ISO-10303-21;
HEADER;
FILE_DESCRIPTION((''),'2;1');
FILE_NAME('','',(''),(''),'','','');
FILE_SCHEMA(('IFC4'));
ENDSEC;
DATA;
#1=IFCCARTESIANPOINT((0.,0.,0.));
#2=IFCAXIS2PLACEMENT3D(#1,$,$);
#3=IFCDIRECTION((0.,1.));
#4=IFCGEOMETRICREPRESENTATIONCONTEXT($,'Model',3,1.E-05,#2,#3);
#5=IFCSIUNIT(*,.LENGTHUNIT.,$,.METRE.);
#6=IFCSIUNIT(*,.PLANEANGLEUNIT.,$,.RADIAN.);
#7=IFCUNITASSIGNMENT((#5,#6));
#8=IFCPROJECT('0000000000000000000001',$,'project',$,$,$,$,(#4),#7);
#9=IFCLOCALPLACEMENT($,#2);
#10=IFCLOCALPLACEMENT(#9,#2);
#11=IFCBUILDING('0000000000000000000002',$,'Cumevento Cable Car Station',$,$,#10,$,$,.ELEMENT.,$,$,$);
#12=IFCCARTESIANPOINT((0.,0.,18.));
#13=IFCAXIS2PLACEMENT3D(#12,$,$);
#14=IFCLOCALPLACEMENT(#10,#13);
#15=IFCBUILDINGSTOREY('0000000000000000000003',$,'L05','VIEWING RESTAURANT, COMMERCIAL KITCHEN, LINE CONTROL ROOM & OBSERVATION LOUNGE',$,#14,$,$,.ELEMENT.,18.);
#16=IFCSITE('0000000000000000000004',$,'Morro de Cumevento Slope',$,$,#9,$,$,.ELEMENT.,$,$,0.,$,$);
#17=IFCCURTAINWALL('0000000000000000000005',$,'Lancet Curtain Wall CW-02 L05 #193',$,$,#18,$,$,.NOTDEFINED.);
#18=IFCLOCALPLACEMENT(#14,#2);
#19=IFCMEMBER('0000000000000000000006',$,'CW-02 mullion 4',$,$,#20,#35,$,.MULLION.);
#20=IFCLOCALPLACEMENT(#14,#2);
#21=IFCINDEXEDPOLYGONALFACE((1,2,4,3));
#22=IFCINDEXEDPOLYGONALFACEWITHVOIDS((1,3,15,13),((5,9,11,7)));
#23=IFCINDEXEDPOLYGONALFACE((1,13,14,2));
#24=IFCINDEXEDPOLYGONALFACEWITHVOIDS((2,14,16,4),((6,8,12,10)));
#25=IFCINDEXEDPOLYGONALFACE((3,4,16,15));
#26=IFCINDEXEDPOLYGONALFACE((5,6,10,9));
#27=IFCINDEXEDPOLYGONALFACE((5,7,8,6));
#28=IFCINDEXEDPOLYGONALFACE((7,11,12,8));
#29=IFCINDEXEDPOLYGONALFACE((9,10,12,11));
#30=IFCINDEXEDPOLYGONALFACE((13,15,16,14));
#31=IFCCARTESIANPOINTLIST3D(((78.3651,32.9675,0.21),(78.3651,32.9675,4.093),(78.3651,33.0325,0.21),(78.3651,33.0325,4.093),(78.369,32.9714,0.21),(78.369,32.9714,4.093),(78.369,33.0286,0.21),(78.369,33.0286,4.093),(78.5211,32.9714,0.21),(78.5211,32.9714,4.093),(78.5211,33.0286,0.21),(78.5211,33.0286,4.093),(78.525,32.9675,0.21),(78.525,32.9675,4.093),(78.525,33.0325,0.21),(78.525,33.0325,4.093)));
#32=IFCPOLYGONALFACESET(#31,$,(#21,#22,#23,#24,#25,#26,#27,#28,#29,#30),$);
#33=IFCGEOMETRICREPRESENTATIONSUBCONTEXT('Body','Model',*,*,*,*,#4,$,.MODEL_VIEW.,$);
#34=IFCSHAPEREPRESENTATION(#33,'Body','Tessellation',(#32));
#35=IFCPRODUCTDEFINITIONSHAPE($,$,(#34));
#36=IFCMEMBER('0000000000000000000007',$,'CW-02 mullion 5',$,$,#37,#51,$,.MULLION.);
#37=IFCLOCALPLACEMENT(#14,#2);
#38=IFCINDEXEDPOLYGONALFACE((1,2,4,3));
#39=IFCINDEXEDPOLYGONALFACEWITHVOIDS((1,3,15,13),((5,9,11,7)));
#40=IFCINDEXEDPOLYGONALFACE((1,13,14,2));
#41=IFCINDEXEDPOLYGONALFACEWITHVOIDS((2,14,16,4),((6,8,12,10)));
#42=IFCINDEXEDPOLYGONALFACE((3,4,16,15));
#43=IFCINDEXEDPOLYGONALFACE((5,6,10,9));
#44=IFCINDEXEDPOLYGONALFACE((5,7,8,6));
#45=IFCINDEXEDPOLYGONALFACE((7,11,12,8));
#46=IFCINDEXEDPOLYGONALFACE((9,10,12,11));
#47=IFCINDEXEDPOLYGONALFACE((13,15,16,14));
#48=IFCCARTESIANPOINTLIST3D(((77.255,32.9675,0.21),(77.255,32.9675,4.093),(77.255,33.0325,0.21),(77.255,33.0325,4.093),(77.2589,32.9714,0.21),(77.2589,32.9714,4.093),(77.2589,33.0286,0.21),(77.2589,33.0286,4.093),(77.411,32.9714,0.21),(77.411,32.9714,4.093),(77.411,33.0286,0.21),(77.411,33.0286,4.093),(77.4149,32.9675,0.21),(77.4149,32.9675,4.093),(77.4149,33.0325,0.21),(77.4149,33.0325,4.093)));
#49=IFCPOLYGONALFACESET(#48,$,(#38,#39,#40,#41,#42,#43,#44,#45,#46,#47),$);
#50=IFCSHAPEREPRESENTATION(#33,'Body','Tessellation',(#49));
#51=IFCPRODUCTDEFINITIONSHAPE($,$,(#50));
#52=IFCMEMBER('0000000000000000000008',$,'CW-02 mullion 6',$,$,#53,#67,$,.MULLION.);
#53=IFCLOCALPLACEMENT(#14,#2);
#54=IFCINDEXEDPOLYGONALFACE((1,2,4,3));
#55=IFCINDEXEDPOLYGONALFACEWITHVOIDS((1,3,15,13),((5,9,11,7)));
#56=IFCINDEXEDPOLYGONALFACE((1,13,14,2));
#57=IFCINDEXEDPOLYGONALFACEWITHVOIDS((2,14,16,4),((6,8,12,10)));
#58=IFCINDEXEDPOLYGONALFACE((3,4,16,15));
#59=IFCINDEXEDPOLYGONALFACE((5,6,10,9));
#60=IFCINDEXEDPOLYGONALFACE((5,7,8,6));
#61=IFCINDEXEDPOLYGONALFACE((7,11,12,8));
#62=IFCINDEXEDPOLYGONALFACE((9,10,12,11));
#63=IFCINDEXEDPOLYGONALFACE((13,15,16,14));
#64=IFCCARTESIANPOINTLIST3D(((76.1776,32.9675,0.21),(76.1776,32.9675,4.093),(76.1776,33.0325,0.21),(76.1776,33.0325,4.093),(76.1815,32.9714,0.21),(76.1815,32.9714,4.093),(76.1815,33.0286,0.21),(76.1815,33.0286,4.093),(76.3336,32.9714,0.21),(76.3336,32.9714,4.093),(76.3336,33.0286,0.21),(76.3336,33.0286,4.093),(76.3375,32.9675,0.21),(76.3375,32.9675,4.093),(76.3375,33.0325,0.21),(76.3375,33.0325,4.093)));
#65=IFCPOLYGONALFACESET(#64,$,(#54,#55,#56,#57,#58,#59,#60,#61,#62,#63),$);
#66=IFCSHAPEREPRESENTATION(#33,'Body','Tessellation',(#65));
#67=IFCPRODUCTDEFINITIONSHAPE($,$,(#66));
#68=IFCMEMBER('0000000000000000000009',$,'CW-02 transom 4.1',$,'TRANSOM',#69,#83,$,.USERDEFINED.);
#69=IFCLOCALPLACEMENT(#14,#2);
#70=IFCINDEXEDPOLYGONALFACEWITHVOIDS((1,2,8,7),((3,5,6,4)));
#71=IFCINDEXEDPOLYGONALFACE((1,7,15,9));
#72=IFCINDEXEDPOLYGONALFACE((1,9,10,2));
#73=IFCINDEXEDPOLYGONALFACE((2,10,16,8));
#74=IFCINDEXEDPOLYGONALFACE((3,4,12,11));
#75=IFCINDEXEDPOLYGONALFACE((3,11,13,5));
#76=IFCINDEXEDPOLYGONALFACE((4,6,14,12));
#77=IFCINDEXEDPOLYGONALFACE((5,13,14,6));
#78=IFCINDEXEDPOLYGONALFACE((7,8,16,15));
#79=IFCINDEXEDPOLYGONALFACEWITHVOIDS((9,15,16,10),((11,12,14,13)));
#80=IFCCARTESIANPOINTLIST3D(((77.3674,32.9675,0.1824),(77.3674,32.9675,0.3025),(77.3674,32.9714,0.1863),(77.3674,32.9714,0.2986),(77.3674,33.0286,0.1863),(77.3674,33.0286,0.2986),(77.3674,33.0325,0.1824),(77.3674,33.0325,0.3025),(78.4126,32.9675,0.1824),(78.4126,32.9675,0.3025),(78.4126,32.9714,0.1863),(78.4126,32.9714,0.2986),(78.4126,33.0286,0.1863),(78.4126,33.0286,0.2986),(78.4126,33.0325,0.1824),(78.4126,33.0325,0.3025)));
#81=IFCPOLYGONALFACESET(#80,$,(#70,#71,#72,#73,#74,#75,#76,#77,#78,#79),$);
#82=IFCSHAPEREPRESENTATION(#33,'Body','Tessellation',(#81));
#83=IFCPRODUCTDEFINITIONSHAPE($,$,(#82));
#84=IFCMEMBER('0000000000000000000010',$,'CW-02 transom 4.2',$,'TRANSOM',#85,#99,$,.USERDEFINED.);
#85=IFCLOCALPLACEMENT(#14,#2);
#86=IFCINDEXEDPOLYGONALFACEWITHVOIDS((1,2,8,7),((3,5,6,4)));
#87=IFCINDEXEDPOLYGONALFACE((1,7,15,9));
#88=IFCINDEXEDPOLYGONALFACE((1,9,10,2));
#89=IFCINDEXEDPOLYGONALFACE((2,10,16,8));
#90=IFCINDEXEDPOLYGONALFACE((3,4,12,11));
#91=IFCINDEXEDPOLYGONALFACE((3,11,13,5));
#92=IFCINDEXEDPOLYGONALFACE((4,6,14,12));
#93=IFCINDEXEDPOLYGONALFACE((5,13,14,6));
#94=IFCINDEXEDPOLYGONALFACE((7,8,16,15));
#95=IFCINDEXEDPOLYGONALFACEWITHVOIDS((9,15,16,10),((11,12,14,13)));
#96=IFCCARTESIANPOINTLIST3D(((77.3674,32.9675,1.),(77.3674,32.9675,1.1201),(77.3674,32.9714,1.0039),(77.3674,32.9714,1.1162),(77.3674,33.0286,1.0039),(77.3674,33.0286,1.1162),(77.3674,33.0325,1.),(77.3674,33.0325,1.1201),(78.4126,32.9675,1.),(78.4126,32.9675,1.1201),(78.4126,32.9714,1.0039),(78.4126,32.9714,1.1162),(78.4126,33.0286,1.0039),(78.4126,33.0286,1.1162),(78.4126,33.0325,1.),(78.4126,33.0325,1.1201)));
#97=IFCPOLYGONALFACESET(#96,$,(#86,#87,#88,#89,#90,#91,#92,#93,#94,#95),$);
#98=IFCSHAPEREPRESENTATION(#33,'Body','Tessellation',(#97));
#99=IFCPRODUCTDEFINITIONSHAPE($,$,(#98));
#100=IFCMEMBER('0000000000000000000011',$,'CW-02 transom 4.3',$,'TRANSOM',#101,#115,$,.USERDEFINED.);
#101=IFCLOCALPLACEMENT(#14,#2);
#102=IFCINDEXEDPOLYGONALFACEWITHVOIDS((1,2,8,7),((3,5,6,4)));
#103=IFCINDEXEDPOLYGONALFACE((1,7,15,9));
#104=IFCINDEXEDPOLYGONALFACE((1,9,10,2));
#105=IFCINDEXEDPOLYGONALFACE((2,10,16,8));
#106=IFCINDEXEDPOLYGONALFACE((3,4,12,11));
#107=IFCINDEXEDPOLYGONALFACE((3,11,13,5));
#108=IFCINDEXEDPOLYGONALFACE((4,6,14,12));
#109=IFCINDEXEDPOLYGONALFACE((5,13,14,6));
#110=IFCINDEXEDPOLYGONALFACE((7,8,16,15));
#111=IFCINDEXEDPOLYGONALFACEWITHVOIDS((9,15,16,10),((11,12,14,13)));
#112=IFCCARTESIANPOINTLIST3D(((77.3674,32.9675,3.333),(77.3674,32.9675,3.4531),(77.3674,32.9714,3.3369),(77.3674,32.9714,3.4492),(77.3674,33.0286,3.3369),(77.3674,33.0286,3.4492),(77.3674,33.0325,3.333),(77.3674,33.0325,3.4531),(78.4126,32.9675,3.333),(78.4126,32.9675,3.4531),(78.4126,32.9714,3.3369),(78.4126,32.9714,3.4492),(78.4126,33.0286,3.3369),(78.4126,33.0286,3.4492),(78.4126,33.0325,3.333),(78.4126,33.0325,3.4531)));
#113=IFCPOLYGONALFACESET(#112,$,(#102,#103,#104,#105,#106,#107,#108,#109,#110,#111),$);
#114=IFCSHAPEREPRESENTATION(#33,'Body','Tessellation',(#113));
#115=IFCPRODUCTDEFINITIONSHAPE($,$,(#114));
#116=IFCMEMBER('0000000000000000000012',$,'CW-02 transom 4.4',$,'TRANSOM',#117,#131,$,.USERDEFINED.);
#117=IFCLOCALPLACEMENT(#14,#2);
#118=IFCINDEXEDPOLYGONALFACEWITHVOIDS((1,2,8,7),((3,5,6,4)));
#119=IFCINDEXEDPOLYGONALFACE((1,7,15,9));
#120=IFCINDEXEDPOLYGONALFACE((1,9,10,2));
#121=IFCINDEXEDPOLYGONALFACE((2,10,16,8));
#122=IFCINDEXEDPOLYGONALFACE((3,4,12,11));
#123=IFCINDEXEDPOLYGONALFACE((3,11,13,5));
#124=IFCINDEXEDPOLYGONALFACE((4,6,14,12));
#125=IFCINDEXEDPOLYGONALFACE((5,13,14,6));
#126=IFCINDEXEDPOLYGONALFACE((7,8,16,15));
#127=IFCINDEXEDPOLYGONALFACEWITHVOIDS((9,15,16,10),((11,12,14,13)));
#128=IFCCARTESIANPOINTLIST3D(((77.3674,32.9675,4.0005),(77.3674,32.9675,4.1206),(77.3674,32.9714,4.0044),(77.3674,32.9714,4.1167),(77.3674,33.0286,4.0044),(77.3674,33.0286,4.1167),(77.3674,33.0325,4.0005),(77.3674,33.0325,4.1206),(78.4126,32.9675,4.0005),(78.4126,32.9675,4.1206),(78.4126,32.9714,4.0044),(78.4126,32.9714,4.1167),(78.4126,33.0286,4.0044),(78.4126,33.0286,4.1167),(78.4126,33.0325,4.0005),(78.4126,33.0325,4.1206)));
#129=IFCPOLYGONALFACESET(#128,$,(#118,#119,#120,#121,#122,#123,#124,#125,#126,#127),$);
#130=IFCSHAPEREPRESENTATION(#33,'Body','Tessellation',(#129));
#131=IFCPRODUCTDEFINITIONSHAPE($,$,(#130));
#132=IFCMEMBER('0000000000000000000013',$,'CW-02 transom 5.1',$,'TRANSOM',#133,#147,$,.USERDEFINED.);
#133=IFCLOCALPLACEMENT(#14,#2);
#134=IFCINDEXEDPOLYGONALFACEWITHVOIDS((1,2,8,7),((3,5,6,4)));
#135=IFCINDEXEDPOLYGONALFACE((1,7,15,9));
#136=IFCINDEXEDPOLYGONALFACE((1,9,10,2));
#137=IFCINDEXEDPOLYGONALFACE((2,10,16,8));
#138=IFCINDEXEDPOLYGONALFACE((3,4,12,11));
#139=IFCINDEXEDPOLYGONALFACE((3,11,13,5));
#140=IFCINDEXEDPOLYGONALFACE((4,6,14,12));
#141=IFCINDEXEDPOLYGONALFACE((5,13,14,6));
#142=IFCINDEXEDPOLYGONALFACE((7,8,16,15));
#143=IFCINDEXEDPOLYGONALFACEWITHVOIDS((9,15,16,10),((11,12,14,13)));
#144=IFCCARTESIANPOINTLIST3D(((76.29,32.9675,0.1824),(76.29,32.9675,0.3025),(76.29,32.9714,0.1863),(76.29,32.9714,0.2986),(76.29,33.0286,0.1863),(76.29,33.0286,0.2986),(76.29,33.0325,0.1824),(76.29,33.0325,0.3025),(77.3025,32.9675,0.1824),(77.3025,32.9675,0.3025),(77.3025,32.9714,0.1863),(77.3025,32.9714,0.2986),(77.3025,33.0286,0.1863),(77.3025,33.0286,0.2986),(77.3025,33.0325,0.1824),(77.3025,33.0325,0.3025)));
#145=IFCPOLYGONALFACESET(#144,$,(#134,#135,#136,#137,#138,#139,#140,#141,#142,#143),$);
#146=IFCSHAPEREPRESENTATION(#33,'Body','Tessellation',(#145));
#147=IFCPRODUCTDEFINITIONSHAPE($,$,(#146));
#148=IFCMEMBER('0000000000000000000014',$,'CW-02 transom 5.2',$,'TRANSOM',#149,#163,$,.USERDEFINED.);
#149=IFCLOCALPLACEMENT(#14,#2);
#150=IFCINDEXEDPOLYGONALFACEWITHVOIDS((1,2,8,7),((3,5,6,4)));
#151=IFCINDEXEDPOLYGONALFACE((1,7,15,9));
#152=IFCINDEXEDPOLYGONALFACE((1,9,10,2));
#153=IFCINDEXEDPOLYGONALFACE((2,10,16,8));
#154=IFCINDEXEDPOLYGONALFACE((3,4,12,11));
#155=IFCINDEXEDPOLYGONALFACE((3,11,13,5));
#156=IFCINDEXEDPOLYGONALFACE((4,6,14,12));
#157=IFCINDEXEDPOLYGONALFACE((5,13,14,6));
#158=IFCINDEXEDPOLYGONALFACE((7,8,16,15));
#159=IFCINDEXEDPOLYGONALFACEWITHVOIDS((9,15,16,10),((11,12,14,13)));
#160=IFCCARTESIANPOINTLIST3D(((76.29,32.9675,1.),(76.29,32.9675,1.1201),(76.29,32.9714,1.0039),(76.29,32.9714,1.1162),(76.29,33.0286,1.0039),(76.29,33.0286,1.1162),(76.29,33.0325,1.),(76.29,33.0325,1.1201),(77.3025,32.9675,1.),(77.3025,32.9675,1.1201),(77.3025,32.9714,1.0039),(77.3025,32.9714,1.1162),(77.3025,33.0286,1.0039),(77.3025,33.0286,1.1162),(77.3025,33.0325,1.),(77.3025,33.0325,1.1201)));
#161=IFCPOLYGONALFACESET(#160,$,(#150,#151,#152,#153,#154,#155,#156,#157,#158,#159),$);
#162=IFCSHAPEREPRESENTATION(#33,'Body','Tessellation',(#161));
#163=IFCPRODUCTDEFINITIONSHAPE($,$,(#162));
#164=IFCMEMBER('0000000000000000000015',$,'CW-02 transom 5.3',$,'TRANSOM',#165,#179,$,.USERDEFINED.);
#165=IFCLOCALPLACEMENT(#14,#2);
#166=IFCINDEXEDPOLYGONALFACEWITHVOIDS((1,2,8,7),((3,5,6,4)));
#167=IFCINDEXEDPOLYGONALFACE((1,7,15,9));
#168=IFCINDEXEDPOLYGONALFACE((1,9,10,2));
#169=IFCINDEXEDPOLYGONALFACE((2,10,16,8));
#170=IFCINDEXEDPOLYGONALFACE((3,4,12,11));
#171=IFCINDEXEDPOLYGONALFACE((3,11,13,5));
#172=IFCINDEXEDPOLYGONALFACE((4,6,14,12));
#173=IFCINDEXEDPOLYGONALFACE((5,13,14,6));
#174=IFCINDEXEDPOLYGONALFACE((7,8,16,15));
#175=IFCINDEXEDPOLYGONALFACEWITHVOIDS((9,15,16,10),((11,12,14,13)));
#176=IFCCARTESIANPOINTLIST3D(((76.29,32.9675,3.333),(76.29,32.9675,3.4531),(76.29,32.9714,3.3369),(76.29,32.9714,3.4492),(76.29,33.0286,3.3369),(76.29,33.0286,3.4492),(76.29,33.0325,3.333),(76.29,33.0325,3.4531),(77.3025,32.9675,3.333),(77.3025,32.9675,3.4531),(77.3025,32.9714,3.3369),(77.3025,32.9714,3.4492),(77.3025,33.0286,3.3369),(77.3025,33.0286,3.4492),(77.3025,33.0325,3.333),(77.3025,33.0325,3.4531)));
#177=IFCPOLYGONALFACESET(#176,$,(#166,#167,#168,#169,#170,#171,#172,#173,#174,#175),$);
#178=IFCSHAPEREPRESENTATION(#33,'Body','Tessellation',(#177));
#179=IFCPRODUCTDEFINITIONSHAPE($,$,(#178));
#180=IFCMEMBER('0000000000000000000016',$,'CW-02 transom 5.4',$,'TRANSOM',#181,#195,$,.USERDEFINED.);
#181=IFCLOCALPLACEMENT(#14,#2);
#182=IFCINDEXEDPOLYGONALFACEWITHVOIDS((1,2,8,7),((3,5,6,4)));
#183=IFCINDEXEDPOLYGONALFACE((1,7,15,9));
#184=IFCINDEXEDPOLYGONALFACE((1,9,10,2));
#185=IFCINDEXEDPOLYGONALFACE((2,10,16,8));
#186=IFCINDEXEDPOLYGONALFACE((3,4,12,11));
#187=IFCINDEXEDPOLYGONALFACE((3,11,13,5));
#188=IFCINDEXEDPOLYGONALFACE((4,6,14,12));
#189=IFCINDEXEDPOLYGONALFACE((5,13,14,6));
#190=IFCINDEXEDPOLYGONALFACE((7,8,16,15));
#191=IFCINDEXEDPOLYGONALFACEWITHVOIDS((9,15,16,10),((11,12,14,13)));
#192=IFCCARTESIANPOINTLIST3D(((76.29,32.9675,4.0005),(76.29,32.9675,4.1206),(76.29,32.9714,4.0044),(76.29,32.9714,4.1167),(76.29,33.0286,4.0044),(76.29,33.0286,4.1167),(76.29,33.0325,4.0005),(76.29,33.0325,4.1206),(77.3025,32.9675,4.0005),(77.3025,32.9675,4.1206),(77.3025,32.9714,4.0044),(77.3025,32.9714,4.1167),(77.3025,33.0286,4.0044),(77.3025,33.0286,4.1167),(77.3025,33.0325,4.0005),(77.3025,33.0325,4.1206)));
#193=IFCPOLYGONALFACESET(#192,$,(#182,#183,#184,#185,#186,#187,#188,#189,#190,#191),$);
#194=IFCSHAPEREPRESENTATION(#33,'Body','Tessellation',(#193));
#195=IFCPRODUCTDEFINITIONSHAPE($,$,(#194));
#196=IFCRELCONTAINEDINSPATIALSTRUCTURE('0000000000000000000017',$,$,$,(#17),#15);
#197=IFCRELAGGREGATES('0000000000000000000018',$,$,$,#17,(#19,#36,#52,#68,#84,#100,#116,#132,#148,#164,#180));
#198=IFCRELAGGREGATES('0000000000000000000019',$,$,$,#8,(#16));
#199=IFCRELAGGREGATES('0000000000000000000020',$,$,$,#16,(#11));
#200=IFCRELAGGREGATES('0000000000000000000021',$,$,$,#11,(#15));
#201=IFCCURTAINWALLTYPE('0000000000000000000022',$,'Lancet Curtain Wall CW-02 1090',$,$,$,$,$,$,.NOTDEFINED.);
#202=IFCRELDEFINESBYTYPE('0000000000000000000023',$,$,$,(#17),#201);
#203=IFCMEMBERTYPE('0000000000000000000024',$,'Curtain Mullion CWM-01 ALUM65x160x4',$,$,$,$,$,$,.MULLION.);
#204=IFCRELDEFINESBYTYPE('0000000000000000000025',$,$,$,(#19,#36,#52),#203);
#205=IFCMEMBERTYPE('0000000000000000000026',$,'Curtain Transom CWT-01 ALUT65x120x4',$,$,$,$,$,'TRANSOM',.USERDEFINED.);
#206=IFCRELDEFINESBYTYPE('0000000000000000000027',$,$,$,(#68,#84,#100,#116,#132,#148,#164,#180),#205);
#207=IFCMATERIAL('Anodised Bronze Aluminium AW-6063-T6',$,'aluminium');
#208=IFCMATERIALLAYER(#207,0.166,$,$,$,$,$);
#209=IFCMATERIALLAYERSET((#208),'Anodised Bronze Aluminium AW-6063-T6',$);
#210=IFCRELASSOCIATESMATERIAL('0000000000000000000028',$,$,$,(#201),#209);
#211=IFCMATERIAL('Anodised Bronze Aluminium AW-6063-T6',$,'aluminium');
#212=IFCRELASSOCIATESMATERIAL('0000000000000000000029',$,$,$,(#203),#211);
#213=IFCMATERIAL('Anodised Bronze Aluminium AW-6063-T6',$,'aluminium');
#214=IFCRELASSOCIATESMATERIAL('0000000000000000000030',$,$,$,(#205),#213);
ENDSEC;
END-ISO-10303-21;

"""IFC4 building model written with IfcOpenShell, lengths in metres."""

from ifc_helpers import new_model, si_unit, direction, frame, origin, origin_2d, place, context, subcontext, project, spatial, hollow_rectangle, extrude, material, layer, layer_set, material_profile, profile_set, type_object, element, aggregate, save


model = new_model("IFC4")

# Units and contexts
model_context = context("Model", 3, precision=1e-05, world=origin(), true_north=direction((0.0, 1.0)))
body_context = subcontext(model_context, "Body", "Model", "MODEL_VIEW")
ifc_project = project(units=[si_unit("LENGTHUNIT", "METRE"), si_unit("PLANEANGLEUNIT", "RADIAN")], contexts=[model_context])

# Site, building, storey
site_placement = place(None, origin())
site = spatial("IfcSite", under=ifc_project, at=site_placement, Name="Morro de Cumevento Slope", CompositionType="ELEMENT", RefElevation=0.0)
building_placement = place(site_placement, origin())
building = spatial("IfcBuilding", under=site, at=building_placement, Name="Cumevento Cable Car Station", CompositionType="ELEMENT")
storey_placement = place(building_placement, frame((0.0, 0.0, 18.0)))
storey = spatial("IfcBuildingStorey", under=building, at=storey_placement, Name="L05", Description="VIEWING RESTAURANT, COMMERCIAL KITCHEN, LINE CONTROL ROOM & OBSERVATION LOUNGE", CompositionType="ELEMENT", Elevation=18.0)

# Curtain wall, members
ifc_material_1 = material(Name="Anodised Bronze Aluminium AW-6063-T6", Category="aluminium")
ifc_layer_1 = layer(ifc_material_1, 0.166)
ifc_layer_set_1 = layer_set([ifc_layer_1], Name="Anodised Bronze Aluminium AW-6063-T6")
curtain_wall_type = type_object("IfcCurtainWallType", Name="Lancet Curtain Wall CW-02 1090", PredefinedType="NOTDEFINED", material=ifc_layer_set_1)
curtain_wall_placement = place(storey_placement, origin())
curtain_wall = element("IfcCurtainWall", 1, at=curtain_wall_placement, inside=storey, type_object=curtain_wall_type, Name="Lancet Curtain Wall CW-02 L05 #193", PredefinedType="NOTDEFINED")
ifc_material_2 = material(Name="Anodised Bronze Aluminium AW-6063-T6", Category="aluminium")
ifc_material_profile_1 = material_profile(ifc_material_2, hollow_rectangle(XDim=0.0649, YDim=0.1599, WallThickness=0.0039, at=origin_2d()), Name="ALUM65x160x4")
ifc_profile_set_1 = profile_set([ifc_material_profile_1], Name="Anodised Bronze Aluminium AW-6063-T6")
member_type_1 = type_object("IfcMemberType", Name="Curtain Mullion CWM-01 ALUM65x160x4", PredefinedType="MULLION", material=ifc_profile_set_1)
member_1_placement = place(storey_placement, frame((78.4451, 33.0, 0.21), z_axis=(0.0, 0.0, 1.0), x_axis=(0.0, -1.0, 0.0)))
member_1 = element("IfcMember", 2, at=member_1_placement, type_object=member_type_1, Name="CW-02 mullion 4", PredefinedType="MULLION", context=body_context, shape_type="SweptSolid", body=[
    extrude(hollow_rectangle(XDim=0.0649, YDim=0.1599, WallThickness=0.0039, at=origin_2d()), origin(), (0.0, 0.0, 1.0), 3.8831),
])
member_2_placement = place(storey_placement, frame((77.335, 33.0, 0.21), z_axis=(0.0, 0.0, 1.0), x_axis=(0.0, -1.0, 0.0)))
member_2 = element("IfcMember", 3, at=member_2_placement, type_object=member_type_1, Name="CW-02 mullion 5", PredefinedType="MULLION", context=body_context, shape_type="SweptSolid", body=[
    extrude(hollow_rectangle(XDim=0.0649, YDim=0.1599, WallThickness=0.0039, at=origin_2d()), origin(), (0.0, 0.0, 1.0), 3.8831),
])
member_3_placement = place(storey_placement, frame((76.2576, 33.0, 0.21), z_axis=(0.0, 0.0, 1.0), x_axis=(0.0, -1.0, 0.0)))
member_3 = element("IfcMember", 4, at=member_3_placement, type_object=member_type_1, Name="CW-02 mullion 6", PredefinedType="MULLION", context=body_context, shape_type="SweptSolid", body=[
    extrude(hollow_rectangle(XDim=0.0649, YDim=0.1599, WallThickness=0.0039, at=origin_2d()), origin(), (0.0, 0.0, 1.0), 3.8831),
])
ifc_material_3 = material(Name="Anodised Bronze Aluminium AW-6063-T6", Category="aluminium")
ifc_material_profile_2 = material_profile(ifc_material_3, hollow_rectangle(XDim=0.0649, YDim=0.1201, WallThickness=0.0039, at=origin_2d()), Name="ALUT65x120x4")
ifc_profile_set_2 = profile_set([ifc_material_profile_2], Name="Anodised Bronze Aluminium AW-6063-T6")
member_type_2 = type_object("IfcMemberType", Name="Curtain Transom CWT-01 ALUT65x120x4", ElementType="TRANSOM", PredefinedType="USERDEFINED", material=ifc_profile_set_2)
member_4_placement = place(storey_placement, frame((78.4126, 33.0, 0.2424), z_axis=(-1.0, 0.0, 0.0), x_axis=(0.0, -1.0, 0.0)))
member_4 = element("IfcMember", 5, at=member_4_placement, type_object=member_type_2, Name="CW-02 transom 4.1", ObjectType="TRANSOM", PredefinedType="USERDEFINED", context=body_context, shape_type="SweptSolid", body=[
    extrude(hollow_rectangle(XDim=0.0649, YDim=0.1201, WallThickness=0.0039, at=origin_2d()), origin(), (0.0, 0.0, 1.0), 1.0452),
])
member_5_placement = place(storey_placement, frame((78.4126, 33.0, 1.0601), z_axis=(-1.0, 0.0, 0.0), x_axis=(0.0, -1.0, 0.0)))
member_5 = element("IfcMember", 6, at=member_5_placement, type_object=member_type_2, Name="CW-02 transom 4.2", ObjectType="TRANSOM", PredefinedType="USERDEFINED", context=body_context, shape_type="SweptSolid", body=[
    extrude(hollow_rectangle(XDim=0.0649, YDim=0.1201, WallThickness=0.0039, at=origin_2d()), origin(), (0.0, 0.0, 1.0), 1.0452),
])
member_6_placement = place(storey_placement, frame((78.4126, 33.0, 3.3931), z_axis=(-1.0, 0.0, 0.0), x_axis=(0.0, -1.0, 0.0)))
member_6 = element("IfcMember", 7, at=member_6_placement, type_object=member_type_2, Name="CW-02 transom 4.3", ObjectType="TRANSOM", PredefinedType="USERDEFINED", context=body_context, shape_type="SweptSolid", body=[
    extrude(hollow_rectangle(XDim=0.0649, YDim=0.1201, WallThickness=0.0039, at=origin_2d()), origin(), (0.0, 0.0, 1.0), 1.0452),
])
member_7_placement = place(storey_placement, frame((78.4126, 33.0, 4.0605), z_axis=(-1.0, 0.0, 0.0), x_axis=(0.0, -1.0, 0.0)))
member_7 = element("IfcMember", 8, at=member_7_placement, type_object=member_type_2, Name="CW-02 transom 4.4", ObjectType="TRANSOM", PredefinedType="USERDEFINED", context=body_context, shape_type="SweptSolid", body=[
    extrude(hollow_rectangle(XDim=0.0649, YDim=0.1201, WallThickness=0.0039, at=origin_2d()), origin(), (0.0, 0.0, 1.0), 1.0452),
])
member_8_placement = place(storey_placement, frame((77.3025, 33.0, 0.2424), z_axis=(-1.0, 0.0, 0.0), x_axis=(0.0, -1.0, 0.0)))
member_8 = element("IfcMember", 9, at=member_8_placement, type_object=member_type_2, Name="CW-02 transom 5.1", ObjectType="TRANSOM", PredefinedType="USERDEFINED", context=body_context, shape_type="SweptSolid", body=[
    extrude(hollow_rectangle(XDim=0.0649, YDim=0.1201, WallThickness=0.0039, at=origin_2d()), origin(), (0.0, 0.0, 1.0), 1.0125),
])
member_9_placement = place(storey_placement, frame((77.3025, 33.0, 1.0601), z_axis=(-1.0, 0.0, 0.0), x_axis=(0.0, -1.0, 0.0)))
member_9 = element("IfcMember", 10, at=member_9_placement, type_object=member_type_2, Name="CW-02 transom 5.2", ObjectType="TRANSOM", PredefinedType="USERDEFINED", context=body_context, shape_type="SweptSolid", body=[
    extrude(hollow_rectangle(XDim=0.0649, YDim=0.1201, WallThickness=0.0039, at=origin_2d()), origin(), (0.0, 0.0, 1.0), 1.0125),
])
member_10_placement = place(storey_placement, frame((77.3025, 33.0, 3.3931), z_axis=(-1.0, 0.0, 0.0), x_axis=(0.0, -1.0, 0.0)))
member_10 = element("IfcMember", 11, at=member_10_placement, type_object=member_type_2, Name="CW-02 transom 5.3", ObjectType="TRANSOM", PredefinedType="USERDEFINED", context=body_context, shape_type="SweptSolid", body=[
    extrude(hollow_rectangle(XDim=0.0649, YDim=0.1201, WallThickness=0.0039, at=origin_2d()), origin(), (0.0, 0.0, 1.0), 1.0125),
])
member_11_placement = place(storey_placement, frame((77.3025, 33.0, 4.0605), z_axis=(-1.0, 0.0, 0.0), x_axis=(0.0, -1.0, 0.0)))
member_11 = element("IfcMember", 12, at=member_11_placement, type_object=member_type_2, Name="CW-02 transom 5.4", ObjectType="TRANSOM", PredefinedType="USERDEFINED", context=body_context, shape_type="SweptSolid", body=[
    extrude(hollow_rectangle(XDim=0.0649, YDim=0.1201, WallThickness=0.0039, at=origin_2d()), origin(), (0.0, 0.0, 1.0), 1.0125),
])

aggregate(curtain_wall, [member_1, member_2, member_3, member_4, member_5, member_6, member_7, member_8, member_9, member_10, member_11])

save(model, "model.ifc")
